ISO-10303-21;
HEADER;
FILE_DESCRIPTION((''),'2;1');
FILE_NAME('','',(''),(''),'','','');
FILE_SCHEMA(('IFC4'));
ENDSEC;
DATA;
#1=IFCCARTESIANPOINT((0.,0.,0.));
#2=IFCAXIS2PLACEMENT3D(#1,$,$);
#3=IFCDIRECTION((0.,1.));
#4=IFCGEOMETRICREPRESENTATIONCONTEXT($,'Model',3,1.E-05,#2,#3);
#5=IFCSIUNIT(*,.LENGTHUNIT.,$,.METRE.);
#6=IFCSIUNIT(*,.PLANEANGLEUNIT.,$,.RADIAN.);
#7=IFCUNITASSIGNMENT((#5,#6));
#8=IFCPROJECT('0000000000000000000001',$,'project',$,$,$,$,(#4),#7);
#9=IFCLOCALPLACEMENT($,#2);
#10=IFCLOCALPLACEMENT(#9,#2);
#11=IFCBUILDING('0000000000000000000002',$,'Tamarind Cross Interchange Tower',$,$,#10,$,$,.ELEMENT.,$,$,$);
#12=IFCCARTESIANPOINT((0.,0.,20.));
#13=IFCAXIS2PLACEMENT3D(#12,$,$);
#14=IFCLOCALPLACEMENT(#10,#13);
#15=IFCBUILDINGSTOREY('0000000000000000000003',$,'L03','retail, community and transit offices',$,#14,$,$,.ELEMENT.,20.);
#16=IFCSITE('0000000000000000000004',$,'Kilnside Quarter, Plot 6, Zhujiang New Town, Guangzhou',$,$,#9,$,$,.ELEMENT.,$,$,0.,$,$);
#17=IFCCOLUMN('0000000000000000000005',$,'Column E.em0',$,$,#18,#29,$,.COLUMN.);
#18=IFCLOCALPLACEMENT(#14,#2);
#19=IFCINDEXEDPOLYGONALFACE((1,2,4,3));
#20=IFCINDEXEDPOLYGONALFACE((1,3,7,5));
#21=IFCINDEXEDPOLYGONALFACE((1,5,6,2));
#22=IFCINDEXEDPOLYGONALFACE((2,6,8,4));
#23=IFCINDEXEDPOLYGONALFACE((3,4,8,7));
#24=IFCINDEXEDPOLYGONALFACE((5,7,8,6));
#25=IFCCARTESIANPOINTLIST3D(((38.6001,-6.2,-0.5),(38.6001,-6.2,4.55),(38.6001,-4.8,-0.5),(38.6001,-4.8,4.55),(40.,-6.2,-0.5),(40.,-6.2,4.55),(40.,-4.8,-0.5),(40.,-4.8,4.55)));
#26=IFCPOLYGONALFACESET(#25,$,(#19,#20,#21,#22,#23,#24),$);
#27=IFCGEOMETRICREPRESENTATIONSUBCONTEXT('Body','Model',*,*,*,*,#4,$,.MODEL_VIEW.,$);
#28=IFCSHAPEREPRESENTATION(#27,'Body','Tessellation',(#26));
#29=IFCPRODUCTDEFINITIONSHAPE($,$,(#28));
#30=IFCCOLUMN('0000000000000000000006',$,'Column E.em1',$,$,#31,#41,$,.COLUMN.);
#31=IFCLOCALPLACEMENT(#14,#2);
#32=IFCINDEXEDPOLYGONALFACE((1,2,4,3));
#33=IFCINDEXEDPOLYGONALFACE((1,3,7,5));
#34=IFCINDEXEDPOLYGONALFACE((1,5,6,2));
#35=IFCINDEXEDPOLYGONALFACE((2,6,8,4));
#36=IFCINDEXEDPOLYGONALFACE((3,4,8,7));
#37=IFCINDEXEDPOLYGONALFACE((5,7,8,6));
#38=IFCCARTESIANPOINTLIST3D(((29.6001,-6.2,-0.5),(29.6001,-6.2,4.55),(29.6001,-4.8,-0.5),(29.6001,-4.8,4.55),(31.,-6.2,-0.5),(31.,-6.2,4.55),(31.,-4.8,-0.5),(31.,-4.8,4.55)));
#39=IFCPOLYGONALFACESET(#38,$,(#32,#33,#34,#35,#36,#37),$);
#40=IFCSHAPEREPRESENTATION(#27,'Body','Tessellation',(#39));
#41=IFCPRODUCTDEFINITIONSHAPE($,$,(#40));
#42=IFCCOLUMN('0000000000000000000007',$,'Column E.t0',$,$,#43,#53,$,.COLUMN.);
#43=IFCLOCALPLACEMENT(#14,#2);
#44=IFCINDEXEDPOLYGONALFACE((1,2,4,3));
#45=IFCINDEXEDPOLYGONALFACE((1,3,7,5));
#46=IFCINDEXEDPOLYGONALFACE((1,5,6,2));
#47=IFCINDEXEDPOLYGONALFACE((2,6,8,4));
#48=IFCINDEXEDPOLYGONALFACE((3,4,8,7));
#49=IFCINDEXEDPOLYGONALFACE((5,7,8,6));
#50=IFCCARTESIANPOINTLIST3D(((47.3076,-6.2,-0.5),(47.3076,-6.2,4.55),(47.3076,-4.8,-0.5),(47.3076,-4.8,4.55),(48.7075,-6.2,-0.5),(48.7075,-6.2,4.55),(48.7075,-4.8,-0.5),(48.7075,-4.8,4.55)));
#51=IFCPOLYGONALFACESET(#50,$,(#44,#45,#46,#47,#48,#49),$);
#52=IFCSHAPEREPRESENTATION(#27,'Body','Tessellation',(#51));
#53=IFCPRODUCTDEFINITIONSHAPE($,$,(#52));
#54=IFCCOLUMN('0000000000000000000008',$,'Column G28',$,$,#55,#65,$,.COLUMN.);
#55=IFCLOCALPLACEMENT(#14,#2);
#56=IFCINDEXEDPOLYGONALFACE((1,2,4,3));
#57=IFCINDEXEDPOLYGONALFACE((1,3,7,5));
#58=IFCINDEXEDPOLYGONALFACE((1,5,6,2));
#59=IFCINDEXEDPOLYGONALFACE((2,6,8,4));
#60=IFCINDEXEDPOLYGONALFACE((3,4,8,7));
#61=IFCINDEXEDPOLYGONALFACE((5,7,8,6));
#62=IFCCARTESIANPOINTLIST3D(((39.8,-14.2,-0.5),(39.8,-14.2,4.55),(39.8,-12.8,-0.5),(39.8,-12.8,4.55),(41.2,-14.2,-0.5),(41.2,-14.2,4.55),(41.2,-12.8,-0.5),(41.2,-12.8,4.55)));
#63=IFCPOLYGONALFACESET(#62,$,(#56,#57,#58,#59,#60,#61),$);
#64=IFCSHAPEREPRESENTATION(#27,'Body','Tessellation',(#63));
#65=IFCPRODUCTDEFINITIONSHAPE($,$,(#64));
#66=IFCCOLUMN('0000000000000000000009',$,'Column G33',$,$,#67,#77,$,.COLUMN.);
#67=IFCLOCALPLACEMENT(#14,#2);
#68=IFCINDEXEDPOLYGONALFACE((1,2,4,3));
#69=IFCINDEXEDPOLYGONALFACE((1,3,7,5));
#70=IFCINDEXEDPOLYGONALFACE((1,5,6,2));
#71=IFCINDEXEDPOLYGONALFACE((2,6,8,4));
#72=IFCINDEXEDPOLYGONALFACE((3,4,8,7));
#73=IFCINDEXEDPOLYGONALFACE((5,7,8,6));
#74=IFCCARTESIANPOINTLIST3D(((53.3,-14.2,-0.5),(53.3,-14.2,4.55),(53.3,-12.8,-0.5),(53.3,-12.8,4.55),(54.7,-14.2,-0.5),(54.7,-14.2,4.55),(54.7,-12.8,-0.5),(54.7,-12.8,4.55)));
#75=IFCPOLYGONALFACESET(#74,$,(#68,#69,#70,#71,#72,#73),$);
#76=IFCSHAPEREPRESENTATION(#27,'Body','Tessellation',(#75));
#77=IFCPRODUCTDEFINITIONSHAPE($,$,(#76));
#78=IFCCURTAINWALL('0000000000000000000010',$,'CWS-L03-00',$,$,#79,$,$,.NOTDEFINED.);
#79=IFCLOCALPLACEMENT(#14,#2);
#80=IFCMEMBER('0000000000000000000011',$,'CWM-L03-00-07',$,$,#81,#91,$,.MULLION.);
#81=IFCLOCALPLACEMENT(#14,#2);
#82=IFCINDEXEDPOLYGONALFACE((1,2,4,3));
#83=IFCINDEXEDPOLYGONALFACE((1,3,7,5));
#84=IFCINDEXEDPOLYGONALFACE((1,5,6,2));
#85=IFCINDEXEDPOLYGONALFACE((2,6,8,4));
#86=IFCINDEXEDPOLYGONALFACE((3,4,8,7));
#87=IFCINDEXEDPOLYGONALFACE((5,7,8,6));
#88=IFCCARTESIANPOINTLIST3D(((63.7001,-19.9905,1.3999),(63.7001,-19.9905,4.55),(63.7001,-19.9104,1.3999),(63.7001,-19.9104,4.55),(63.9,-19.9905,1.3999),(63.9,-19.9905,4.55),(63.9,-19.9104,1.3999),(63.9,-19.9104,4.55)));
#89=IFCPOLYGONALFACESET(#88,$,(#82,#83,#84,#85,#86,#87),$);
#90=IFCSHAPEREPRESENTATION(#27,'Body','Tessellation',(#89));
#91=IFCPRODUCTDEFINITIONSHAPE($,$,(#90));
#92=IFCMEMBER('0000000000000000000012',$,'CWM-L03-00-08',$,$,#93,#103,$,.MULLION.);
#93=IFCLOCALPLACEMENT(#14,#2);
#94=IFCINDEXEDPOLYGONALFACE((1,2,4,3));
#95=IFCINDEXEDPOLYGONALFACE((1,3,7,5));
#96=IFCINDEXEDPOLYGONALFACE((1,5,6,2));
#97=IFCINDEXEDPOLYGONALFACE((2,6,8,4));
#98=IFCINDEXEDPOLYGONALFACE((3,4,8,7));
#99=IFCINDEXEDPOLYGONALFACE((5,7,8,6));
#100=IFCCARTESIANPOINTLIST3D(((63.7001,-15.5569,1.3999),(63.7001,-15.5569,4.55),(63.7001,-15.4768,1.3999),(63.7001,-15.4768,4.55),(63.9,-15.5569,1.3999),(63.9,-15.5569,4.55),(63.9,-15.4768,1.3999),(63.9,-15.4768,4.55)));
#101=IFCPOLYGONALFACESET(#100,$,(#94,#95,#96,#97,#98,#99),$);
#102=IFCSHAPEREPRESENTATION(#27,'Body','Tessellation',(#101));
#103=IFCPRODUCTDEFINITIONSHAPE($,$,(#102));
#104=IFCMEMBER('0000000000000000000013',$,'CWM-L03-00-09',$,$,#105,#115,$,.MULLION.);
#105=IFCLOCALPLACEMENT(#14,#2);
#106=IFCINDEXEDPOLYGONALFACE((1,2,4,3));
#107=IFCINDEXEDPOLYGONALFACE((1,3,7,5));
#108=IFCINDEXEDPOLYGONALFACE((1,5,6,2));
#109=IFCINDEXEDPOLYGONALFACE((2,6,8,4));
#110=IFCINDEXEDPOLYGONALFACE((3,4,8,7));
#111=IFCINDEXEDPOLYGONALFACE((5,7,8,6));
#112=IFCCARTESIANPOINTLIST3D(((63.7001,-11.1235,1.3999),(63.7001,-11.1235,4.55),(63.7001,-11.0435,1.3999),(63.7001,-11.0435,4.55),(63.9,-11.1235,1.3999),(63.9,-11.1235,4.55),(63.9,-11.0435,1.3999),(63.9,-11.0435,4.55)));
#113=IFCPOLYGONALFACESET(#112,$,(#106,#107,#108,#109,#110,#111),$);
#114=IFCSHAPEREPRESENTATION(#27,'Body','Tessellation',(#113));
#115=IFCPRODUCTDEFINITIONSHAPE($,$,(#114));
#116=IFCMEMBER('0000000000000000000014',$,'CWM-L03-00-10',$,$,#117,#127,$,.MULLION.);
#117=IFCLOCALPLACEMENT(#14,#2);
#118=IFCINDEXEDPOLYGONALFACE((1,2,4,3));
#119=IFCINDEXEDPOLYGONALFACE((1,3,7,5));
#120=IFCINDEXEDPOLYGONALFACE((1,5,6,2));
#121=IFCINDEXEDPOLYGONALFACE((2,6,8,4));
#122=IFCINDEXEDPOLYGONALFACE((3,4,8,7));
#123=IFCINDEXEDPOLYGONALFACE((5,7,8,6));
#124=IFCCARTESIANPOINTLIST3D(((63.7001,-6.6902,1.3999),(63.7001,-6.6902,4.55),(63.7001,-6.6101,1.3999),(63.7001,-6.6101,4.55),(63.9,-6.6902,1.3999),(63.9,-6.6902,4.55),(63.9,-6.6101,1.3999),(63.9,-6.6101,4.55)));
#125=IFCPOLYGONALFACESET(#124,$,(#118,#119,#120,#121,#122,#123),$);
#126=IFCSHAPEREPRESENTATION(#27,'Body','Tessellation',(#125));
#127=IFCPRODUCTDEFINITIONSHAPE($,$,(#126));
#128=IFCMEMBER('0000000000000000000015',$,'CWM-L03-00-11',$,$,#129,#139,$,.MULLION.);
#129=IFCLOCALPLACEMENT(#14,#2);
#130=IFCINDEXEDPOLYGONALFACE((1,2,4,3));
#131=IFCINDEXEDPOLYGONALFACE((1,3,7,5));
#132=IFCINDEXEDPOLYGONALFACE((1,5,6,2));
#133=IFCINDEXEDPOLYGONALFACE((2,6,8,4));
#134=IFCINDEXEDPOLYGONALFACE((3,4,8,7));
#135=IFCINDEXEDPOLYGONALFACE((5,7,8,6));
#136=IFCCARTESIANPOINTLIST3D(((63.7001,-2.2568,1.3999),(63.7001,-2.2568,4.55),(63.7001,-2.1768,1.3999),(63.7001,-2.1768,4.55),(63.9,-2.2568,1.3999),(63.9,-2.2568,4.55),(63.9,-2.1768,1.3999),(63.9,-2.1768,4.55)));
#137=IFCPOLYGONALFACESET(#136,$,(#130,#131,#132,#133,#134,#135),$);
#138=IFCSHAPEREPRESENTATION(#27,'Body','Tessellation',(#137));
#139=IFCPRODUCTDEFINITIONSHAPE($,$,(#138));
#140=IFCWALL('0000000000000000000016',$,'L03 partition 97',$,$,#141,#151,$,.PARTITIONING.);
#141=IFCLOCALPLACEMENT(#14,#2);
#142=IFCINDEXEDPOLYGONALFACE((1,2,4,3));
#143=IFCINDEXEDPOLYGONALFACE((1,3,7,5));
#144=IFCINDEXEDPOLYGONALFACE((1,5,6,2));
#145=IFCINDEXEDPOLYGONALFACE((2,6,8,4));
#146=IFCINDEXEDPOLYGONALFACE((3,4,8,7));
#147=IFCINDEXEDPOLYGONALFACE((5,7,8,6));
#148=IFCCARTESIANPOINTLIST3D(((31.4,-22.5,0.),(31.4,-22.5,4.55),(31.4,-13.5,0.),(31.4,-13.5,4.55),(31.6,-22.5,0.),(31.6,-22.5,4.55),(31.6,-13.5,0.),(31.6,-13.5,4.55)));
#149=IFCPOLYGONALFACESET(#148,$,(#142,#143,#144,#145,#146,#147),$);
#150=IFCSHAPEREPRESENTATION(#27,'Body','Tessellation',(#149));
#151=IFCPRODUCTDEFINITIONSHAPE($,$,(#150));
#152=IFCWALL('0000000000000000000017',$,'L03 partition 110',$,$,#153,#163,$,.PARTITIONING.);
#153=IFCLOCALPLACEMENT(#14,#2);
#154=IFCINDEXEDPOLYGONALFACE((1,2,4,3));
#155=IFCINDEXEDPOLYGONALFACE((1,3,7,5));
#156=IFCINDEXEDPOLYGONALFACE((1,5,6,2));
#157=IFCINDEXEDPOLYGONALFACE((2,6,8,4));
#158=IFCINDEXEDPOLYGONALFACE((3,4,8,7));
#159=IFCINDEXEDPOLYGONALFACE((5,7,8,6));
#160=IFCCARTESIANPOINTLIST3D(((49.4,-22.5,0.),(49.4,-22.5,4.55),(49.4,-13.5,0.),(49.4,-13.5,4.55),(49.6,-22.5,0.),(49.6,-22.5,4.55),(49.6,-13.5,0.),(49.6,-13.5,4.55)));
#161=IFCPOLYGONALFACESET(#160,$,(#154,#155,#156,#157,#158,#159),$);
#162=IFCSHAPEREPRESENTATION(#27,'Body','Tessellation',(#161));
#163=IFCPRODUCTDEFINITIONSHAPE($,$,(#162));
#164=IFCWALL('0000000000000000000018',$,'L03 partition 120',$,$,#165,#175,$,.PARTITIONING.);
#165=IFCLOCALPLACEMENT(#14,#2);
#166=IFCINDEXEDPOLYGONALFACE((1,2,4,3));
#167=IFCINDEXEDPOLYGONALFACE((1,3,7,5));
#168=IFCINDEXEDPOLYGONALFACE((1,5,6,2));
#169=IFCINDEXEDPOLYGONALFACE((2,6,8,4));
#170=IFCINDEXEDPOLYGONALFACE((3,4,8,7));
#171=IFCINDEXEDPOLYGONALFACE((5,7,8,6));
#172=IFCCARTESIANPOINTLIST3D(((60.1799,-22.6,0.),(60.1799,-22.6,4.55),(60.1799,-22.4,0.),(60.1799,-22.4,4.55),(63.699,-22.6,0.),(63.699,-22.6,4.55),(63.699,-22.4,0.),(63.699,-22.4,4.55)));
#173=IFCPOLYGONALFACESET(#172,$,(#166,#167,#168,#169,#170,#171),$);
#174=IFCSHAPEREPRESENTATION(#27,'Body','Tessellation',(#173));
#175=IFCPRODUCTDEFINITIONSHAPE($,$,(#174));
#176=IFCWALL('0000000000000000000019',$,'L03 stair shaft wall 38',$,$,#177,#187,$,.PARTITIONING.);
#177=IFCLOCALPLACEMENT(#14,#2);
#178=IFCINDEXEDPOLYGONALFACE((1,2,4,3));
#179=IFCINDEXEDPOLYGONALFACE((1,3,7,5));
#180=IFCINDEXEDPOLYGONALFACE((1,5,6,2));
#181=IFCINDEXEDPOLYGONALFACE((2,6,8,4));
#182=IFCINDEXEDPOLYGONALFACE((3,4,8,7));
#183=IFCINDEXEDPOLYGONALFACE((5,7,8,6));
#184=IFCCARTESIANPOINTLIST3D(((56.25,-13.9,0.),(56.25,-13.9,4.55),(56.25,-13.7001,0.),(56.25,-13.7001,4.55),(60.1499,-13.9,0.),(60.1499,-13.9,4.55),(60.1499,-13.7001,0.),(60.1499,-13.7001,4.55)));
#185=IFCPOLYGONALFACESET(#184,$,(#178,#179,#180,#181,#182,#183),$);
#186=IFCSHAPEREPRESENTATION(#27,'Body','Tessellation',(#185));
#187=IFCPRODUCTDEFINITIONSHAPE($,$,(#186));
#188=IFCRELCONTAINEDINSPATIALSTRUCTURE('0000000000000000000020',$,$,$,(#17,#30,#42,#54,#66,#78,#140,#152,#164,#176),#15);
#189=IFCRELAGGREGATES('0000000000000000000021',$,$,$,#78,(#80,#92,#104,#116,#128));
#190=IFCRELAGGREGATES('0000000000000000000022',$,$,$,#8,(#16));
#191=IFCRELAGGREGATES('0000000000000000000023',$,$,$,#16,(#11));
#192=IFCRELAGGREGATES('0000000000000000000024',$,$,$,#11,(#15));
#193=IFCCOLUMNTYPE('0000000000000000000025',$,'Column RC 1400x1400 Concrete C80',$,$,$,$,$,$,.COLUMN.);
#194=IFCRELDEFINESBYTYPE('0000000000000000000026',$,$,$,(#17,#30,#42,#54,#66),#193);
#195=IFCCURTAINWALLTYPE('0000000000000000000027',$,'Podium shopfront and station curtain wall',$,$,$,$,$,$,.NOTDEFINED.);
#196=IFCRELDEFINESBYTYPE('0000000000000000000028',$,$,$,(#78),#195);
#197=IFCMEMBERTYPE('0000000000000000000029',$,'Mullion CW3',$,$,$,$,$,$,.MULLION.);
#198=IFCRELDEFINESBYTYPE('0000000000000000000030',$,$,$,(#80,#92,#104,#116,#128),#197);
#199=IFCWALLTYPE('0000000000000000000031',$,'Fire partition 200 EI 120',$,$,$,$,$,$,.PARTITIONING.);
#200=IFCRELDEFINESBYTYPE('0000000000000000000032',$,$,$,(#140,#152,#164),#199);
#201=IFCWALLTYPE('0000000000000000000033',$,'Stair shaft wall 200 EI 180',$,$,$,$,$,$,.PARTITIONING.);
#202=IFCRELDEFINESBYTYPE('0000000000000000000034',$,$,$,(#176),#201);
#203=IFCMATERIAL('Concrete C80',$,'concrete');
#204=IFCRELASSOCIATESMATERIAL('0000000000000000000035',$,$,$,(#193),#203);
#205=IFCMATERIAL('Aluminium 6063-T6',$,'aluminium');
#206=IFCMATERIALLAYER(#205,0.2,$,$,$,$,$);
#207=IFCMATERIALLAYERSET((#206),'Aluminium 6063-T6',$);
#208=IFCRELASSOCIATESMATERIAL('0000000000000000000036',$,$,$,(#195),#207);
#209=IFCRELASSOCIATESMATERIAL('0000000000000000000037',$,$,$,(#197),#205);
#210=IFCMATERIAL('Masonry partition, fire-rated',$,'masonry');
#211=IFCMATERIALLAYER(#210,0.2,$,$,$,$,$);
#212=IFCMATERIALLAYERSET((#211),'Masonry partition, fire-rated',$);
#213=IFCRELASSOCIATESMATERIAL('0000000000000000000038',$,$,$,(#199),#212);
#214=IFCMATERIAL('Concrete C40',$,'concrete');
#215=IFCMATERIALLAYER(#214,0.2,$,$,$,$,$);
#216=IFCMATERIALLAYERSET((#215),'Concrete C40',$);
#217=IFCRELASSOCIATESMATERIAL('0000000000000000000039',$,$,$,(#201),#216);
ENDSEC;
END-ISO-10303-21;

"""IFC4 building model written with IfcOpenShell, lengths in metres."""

from ifc_helpers import new_model, si_unit, direction, frame, frame_2d, origin, origin_2d, place, context, subcontext, project, spatial, rectangle, extrude, material, layer, layer_set, material_profile, profile_set, type_object, element, aggregate, save


model = new_model("IFC4")

# Units and contexts
model_context = context("Model", 3, precision=1e-05, world=origin(), true_north=direction((0.0, 1.0)))
body_context = subcontext(model_context, "Body", "Model", "MODEL_VIEW")
ifc_project = project(units=[si_unit("LENGTHUNIT", "METRE"), si_unit("PLANEANGLEUNIT", "RADIAN")], contexts=[model_context])

# Site, building, storey
site_placement = place(None, origin())
site = spatial("IfcSite", under=ifc_project, at=site_placement, Name="Kilnside Quarter, Plot 6, Zhujiang New Town, Guangzhou", CompositionType="ELEMENT", RefElevation=0.0)
building_placement = place(site_placement, origin())
building = spatial("IfcBuilding", under=site, at=building_placement, Name="Tamarind Cross Interchange Tower", CompositionType="ELEMENT")
storey_placement = place(building_placement, frame((0.0, 0.0, 20.0)))
storey = spatial("IfcBuildingStorey", under=building, at=storey_placement, Name="L03", Description="retail, community and transit offices", CompositionType="ELEMENT", Elevation=20.0)

# Columns
ifc_material_1 = material(Name="Concrete C80", Category="concrete")
ifc_material_profile_1 = material_profile(ifc_material_1, rectangle(XDim=1.3999, YDim=1.3999, at=origin_2d()), Name="RC 1400x1400")
ifc_profile_set_1 = profile_set([ifc_material_profile_1], Name="Concrete C80")
column_type = type_object("IfcColumnType", Name="Column RC 1400x1400 Concrete C80", PredefinedType="COLUMN", material=ifc_profile_set_1)
for number, where, z_axis, x_axis, name in (
    (1, (39.3, -5.5, -0.5), (0.0, 0.0, 1.0), (1.0, 0.0, 0.0), "Column E.em0"),
    (2, (30.3, -5.5, -0.5), (0.0, 0.0, 1.0), (1.0, 0.0, 0.0), "Column E.em1"),
    (3, (48.0076, -5.5, -0.5), (0.0, 0.0, 1.0), (1.0, 0.0, 0.0), "Column E.t0"),
    (4, (40.5, -13.5, -0.5), (0.0, 0.0, 1.0), (1.0, 0.0, 0.0), "Column G28"),
    (5, (54.0, -13.5, -0.5), (0.0, 0.0, 1.0), (1.0, 0.0, 0.0), "Column G33"),
):
    element("IfcColumn", number, at=place(storey_placement, frame(where, z_axis=z_axis, x_axis=x_axis)), inside=storey, type_object=column_type, Name=name, PredefinedType="COLUMN", context=body_context, shape_type="SweptSolid", body=[
        extrude(rectangle(XDim=1.3999, YDim=1.3999, at=origin_2d()), origin(), (0.0, 0.0, 1.0), 5.05),
    ])

# Curtain wall, members
ifc_material_2 = material(Name="Aluminium 6063-T6", Category="aluminium")
ifc_layer_1 = layer(ifc_material_2, 0.2)
ifc_layer_set_1 = layer_set([ifc_layer_1], Name="Aluminium 6063-T6")
curtain_wall_type = type_object("IfcCurtainWallType", Name="Podium shopfront and station curtain wall", PredefinedType="NOTDEFINED", material=ifc_layer_set_1)
curtain_wall_placement = place(storey_placement, origin())
curtain_wall = element("IfcCurtainWall", 6, at=curtain_wall_placement, inside=storey, type_object=curtain_wall_type, Name="CWS-L03-00", PredefinedType="NOTDEFINED")
ifc_material_profile_2 = material_profile(ifc_material_2, rectangle(XDim=0.0801, YDim=0.2, at=origin_2d()), Name="Mullion CW3")
ifc_profile_set_2 = profile_set([ifc_material_profile_2], Name="Aluminium 6063-T6")
member_type = type_object("IfcMemberType", Name="Mullion CW3", PredefinedType="MULLION", material=ifc_profile_set_2)
member_1_placement = place(storey_placement, frame((63.8, -19.9504, 1.3999), z_axis=(0.0, 0.0, 1.0), x_axis=(0.0, 1.0, 0.0)))
member_1 = element("IfcMember", 7, at=member_1_placement, type_object=member_type, Name="CWM-L03-00-07", PredefinedType="MULLION", context=body_context, shape_type="SweptSolid", body=[
    extrude(rectangle(XDim=0.0801, YDim=0.2, at=origin_2d()), origin(), (0.0, 0.0, 1.0), 3.1501),
])
member_2_placement = place(storey_placement, frame((63.8, -15.5168, 1.3999), z_axis=(0.0, 0.0, 1.0), x_axis=(0.0, 1.0, 0.0)))
member_2 = element("IfcMember", 8, at=member_2_placement, type_object=member_type, Name="CWM-L03-00-08", PredefinedType="MULLION", context=body_context, shape_type="SweptSolid", body=[
    extrude(rectangle(XDim=0.0801, YDim=0.2, at=origin_2d()), origin(), (0.0, 0.0, 1.0), 3.1501),
])
member_3_placement = place(storey_placement, frame((63.8, -11.0835, 1.3999), z_axis=(0.0, 0.0, 1.0), x_axis=(0.0, 1.0, 0.0)))
member_3 = element("IfcMember", 9, at=member_3_placement, type_object=member_type, Name="CWM-L03-00-09", PredefinedType="MULLION", context=body_context, shape_type="SweptSolid", body=[
    extrude(rectangle(XDim=0.0801, YDim=0.2, at=origin_2d()), origin(), (0.0, 0.0, 1.0), 3.1501),
])
member_4_placement = place(storey_placement, frame((63.8, -6.6501, 1.3999), z_axis=(0.0, 0.0, 1.0), x_axis=(0.0, 1.0, 0.0)))
member_4 = element("IfcMember", 10, at=member_4_placement, type_object=member_type, Name="CWM-L03-00-10", PredefinedType="MULLION", context=body_context, shape_type="SweptSolid", body=[
    extrude(rectangle(XDim=0.0801, YDim=0.2, at=origin_2d()), origin(), (0.0, 0.0, 1.0), 3.1501),
])
member_5_placement = place(storey_placement, frame((63.8, -2.2168, 1.3999), z_axis=(0.0, 0.0, 1.0), x_axis=(0.0, 1.0, 0.0)))
member_5 = element("IfcMember", 11, at=member_5_placement, type_object=member_type, Name="CWM-L03-00-11", PredefinedType="MULLION", context=body_context, shape_type="SweptSolid", body=[
    extrude(rectangle(XDim=0.0801, YDim=0.2, at=origin_2d()), origin(), (0.0, 0.0, 1.0), 3.1501),
])
aggregate(curtain_wall, [member_1, member_2, member_3, member_4, member_5])

# Walls
ifc_material_3 = material(Name="Masonry partition, fire-rated", Category="masonry")
ifc_layer_2 = layer(ifc_material_3, 0.2)
ifc_layer_set_2 = layer_set([ifc_layer_2], Name="Masonry partition, fire-rated")
wall_type_1 = type_object("IfcWallType", Name="Fire partition 200 EI 120", PredefinedType="PARTITIONING", material=ifc_layer_set_2)
for number, where, z_axis, x_axis, name in (
    (12, (31.5, -22.5, 0.0), (0.0, 0.0, 1.0), (0.0, 1.0, 0.0), "L03 partition 97"),
    (13, (49.5, -22.5, 0.0), (0.0, 0.0, 1.0), (0.0, 1.0, 0.0), "L03 partition 110"),
):
    element("IfcWall", number, at=place(storey_placement, frame(where, z_axis=z_axis, x_axis=x_axis)), inside=storey, type_object=wall_type_1, Name=name, PredefinedType="PARTITIONING", context=body_context, shape_type="SweptSolid", body=[
        extrude(rectangle(XDim=9.0, YDim=0.2, at=frame_2d((4.5, 0.0))), origin(), (0.0, 0.0, 1.0), 4.55),
    ])
wall_1_placement = place(storey_placement, frame((60.1799, -22.5, 0.0), z_axis=(0.0, 0.0, 1.0), x_axis=(1.0, 0.0, 0.0)))
element("IfcWall", 14, at=wall_1_placement, inside=storey, type_object=wall_type_1, Name="L03 partition 120", PredefinedType="PARTITIONING", context=body_context, shape_type="SweptSolid", body=[
    extrude(rectangle(XDim=3.519, YDim=0.2, at=frame_2d((1.7595, 0.0))), origin(), (0.0, 0.0, 1.0), 4.55),
])
ifc_material_4 = material(Name="Concrete C40", Category="concrete")
ifc_layer_3 = layer(ifc_material_4, 0.2)
ifc_layer_set_3 = layer_set([ifc_layer_3], Name="Concrete C40")
wall_type_2 = type_object("IfcWallType", Name="Stair shaft wall 200 EI 180", PredefinedType="PARTITIONING", material=ifc_layer_set_3)
wall_2_placement = place(storey_placement, frame((56.25, -13.8, 0.0), z_axis=(0.0, 0.0, 1.0), x_axis=(1.0, 0.0, 0.0)))
element("IfcWall", 15, at=wall_2_placement, inside=storey, type_object=wall_type_2, Name="L03 stair shaft wall 38", PredefinedType="PARTITIONING", context=body_context, shape_type="SweptSolid", body=[
    extrude(rectangle(XDim=3.8999, YDim=0.2, at=frame_2d((1.95, 0.0))), origin(), (0.0, 0.0, 1.0), 4.55),
])

save(model, "model.ifc")
